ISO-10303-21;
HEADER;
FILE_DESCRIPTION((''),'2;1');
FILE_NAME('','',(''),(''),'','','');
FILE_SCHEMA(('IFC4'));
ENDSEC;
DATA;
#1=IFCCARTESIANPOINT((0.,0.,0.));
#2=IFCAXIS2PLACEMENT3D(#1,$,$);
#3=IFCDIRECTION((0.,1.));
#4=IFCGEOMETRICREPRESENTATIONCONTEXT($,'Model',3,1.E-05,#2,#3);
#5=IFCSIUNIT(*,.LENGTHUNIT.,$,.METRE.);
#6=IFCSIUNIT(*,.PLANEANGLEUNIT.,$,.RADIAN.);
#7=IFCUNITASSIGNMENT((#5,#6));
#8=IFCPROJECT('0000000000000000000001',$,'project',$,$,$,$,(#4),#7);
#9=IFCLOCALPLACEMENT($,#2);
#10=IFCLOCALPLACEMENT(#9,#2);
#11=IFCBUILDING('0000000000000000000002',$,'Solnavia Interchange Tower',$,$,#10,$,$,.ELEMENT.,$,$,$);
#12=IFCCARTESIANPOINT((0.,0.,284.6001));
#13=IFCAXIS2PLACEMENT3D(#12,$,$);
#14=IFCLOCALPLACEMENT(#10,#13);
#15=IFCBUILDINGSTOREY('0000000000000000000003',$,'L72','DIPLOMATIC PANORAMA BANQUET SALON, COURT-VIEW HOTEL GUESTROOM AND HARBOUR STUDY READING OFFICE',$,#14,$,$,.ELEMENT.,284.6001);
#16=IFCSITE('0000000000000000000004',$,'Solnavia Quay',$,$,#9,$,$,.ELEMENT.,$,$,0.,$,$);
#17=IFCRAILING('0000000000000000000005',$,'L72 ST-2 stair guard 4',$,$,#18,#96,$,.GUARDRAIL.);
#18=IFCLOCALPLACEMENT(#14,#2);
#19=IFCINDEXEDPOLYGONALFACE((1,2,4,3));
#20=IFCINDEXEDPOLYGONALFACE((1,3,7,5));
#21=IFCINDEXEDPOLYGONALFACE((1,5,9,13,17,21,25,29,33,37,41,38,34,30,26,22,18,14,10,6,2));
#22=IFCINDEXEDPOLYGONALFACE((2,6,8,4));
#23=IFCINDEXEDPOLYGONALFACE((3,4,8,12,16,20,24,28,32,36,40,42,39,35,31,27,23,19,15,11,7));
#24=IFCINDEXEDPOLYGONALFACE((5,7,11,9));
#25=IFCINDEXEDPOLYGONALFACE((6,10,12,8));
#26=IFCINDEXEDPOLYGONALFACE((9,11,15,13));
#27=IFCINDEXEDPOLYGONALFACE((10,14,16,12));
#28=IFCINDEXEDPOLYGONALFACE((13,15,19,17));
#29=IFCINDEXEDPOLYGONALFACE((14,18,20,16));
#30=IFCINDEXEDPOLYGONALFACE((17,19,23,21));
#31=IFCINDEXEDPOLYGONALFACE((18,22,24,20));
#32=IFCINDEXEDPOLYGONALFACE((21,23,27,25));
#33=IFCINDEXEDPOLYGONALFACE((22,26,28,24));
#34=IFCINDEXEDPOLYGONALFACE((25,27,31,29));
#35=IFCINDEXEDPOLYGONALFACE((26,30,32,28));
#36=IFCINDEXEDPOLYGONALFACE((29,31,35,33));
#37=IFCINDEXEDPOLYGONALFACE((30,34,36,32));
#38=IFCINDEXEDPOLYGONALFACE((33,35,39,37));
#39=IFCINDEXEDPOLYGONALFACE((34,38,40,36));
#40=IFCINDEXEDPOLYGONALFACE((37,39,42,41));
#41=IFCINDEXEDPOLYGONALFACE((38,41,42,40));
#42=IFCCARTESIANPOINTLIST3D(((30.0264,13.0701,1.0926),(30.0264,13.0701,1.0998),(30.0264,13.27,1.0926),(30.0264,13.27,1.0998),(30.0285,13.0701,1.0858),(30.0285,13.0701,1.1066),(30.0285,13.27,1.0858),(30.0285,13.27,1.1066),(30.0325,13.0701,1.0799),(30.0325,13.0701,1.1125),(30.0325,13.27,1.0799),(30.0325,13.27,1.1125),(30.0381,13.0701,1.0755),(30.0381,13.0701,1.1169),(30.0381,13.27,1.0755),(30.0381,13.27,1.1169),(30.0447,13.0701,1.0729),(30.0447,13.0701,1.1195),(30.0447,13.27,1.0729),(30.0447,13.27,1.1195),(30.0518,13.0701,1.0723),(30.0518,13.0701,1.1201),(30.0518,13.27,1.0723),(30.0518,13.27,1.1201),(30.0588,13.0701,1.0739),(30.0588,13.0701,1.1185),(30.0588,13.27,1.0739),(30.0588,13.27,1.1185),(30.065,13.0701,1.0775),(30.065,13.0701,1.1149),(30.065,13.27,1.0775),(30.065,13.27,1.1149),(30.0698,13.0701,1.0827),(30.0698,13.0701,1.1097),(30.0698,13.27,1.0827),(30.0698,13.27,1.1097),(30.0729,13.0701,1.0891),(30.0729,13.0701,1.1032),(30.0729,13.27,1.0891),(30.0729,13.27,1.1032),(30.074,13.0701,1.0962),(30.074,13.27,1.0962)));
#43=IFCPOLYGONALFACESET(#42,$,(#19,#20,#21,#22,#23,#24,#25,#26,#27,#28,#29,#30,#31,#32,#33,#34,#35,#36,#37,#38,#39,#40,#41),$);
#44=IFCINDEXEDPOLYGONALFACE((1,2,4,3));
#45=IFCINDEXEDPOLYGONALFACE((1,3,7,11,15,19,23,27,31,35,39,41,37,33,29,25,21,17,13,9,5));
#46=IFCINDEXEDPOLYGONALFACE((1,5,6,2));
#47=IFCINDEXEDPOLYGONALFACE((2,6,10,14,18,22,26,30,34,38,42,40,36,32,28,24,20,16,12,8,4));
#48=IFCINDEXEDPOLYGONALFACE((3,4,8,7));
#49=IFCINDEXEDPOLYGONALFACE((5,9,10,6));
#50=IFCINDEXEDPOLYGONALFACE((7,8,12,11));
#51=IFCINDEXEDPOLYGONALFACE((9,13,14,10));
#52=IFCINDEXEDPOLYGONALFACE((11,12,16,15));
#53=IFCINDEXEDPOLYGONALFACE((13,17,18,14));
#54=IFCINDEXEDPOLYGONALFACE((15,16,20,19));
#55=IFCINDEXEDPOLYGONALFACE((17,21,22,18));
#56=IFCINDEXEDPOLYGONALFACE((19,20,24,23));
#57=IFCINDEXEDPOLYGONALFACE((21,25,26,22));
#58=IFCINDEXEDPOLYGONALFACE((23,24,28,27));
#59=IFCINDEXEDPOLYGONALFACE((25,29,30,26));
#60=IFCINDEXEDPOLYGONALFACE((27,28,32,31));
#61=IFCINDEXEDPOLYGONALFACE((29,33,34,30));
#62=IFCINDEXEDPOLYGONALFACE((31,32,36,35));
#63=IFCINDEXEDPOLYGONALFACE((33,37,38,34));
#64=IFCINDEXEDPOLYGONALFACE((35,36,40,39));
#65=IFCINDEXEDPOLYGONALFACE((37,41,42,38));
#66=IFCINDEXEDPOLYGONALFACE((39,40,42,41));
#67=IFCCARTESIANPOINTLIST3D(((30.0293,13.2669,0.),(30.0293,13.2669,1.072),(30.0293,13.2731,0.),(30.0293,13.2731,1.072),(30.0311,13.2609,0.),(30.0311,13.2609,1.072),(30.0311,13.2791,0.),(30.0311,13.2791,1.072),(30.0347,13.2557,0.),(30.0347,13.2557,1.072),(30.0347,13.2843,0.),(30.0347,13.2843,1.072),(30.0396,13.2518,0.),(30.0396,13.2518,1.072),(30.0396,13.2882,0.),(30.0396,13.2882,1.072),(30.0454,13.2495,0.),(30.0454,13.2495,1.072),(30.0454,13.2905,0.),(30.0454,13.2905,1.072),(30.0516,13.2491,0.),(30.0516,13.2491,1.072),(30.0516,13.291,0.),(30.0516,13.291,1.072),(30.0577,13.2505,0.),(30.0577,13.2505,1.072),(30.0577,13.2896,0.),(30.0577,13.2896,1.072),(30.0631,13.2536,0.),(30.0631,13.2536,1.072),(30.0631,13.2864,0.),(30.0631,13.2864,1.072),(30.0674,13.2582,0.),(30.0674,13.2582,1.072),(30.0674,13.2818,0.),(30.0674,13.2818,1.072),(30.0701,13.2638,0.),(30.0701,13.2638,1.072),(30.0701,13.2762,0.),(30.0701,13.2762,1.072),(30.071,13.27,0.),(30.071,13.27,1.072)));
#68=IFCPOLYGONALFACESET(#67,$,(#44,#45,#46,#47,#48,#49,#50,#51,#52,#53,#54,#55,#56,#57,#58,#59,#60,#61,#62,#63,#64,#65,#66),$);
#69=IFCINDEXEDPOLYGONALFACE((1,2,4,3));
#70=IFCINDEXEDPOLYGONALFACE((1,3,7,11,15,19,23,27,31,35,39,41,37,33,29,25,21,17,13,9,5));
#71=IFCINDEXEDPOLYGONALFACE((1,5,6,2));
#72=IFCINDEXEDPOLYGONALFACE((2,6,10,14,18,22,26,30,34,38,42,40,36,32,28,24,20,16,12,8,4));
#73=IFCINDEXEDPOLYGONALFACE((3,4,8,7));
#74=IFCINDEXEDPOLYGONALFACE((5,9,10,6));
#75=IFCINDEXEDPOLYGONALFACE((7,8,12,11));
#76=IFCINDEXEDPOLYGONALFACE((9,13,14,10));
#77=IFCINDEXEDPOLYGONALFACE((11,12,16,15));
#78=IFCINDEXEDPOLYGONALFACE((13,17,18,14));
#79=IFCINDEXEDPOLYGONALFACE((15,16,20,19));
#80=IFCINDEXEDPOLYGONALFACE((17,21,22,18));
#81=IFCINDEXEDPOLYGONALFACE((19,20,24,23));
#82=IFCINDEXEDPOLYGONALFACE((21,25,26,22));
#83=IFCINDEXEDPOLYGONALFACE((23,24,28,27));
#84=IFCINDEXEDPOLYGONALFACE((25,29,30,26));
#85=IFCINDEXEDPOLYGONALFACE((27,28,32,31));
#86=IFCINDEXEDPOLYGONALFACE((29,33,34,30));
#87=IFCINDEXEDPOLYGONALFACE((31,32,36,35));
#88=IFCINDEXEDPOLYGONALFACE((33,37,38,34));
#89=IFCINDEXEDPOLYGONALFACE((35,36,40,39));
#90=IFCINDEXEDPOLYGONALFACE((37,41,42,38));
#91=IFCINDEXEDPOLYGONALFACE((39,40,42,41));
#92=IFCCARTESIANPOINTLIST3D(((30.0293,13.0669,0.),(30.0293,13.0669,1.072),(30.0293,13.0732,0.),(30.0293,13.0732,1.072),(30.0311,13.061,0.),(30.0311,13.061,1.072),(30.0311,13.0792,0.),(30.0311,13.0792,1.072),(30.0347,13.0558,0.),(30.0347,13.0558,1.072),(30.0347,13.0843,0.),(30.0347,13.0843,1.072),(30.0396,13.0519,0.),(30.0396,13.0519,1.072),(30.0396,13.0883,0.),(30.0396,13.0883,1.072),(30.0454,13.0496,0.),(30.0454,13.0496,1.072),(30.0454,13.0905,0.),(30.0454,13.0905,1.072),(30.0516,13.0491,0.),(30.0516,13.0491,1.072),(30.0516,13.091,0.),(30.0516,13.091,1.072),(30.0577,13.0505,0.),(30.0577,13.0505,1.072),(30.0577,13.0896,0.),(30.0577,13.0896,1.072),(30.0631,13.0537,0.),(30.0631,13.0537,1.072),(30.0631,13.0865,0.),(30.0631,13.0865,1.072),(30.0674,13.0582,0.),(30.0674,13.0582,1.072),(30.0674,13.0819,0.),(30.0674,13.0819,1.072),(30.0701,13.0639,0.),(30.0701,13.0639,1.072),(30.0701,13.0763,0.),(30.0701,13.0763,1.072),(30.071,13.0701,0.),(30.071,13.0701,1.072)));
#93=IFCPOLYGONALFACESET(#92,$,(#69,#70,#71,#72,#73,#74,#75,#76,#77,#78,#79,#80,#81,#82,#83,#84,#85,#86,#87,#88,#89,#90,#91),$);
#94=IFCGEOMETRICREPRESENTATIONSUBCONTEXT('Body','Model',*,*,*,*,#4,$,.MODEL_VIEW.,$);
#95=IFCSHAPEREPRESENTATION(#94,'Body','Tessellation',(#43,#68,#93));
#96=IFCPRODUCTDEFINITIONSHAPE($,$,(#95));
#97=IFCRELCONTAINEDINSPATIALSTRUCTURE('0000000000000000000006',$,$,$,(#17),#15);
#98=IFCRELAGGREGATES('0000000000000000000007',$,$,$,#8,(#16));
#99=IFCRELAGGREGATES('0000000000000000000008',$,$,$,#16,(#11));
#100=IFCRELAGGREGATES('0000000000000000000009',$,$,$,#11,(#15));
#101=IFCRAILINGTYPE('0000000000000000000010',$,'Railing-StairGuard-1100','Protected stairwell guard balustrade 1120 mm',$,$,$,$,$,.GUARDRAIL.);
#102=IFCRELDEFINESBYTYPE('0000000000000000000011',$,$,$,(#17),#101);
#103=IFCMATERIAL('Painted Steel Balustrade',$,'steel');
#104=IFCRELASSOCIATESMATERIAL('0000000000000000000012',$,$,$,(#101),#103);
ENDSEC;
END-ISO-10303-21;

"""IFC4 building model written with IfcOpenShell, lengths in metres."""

from ifc_helpers import new_model, si_unit, direction, frame, origin, origin_2d, place, context, subcontext, project, spatial, circle, extrude, material, type_object, element, save


model = new_model("IFC4")

# Units and contexts
model_context = context("Model", 3, precision=1e-05, world=origin(), true_north=direction((0.0, 1.0)))
body_context = subcontext(model_context, "Body", "Model", "MODEL_VIEW")
ifc_project = project(units=[si_unit("LENGTHUNIT", "METRE"), si_unit("PLANEANGLEUNIT", "RADIAN")], contexts=[model_context])

# Site, building, storey
site_placement = place(None, origin())
site = spatial("IfcSite", under=ifc_project, at=site_placement, Name="Solnavia Quay", CompositionType="ELEMENT", RefElevation=0.0)
building_placement = place(site_placement, origin())
building = spatial("IfcBuilding", under=site, at=building_placement, Name="Solnavia Interchange Tower", CompositionType="ELEMENT")
storey_placement = place(building_placement, frame((0.0, 0.0, 284.6001)))
storey = spatial("IfcBuildingStorey", under=building, at=storey_placement, Name="L72", Description="DIPLOMATIC PANORAMA BANQUET SALON, COURT-VIEW HOTEL GUESTROOM AND HARBOUR STUDY READING OFFICE", CompositionType="ELEMENT", Elevation=284.6001)

# Railing
ifc_material_1 = material(Name="Painted Steel Balustrade", Category="steel")
railing_type_1 = type_object("IfcRailingType", Name="Railing-StairGuard-1100", Description="Protected stairwell guard balustrade 1120 mm", PredefinedType="GUARDRAIL", material=ifc_material_1)
railing_1_placement = place(storey_placement, frame((30.05, 13.27, 0.0)))
element("IfcRailing", 1, at=railing_1_placement, inside=storey, type_object=railing_type_1, Name="L72 ST-2 stair guard 4", PredefinedType="GUARDRAIL", context=body_context, shape_type="SweptSolid", body=[
    extrude(circle(Radius=0.0239, at=origin_2d()), frame((0.0, 0.0, 1.0962), z_axis=(0.0, -1.0, 0.0), x_axis=(1.0, 0.0, 0.0)), (0.0, 0.0, 1.0), 0.2),
    extrude(circle(Radius=0.021, at=origin_2d()), origin(), (0.0, 0.0, 1.0), 1.072),
    extrude(circle(Radius=0.021, at=origin_2d()), frame((0.0, -0.2, 0.0)), (0.0, 0.0, 1.0), 1.072),
])

save(model, "model.ifc")
